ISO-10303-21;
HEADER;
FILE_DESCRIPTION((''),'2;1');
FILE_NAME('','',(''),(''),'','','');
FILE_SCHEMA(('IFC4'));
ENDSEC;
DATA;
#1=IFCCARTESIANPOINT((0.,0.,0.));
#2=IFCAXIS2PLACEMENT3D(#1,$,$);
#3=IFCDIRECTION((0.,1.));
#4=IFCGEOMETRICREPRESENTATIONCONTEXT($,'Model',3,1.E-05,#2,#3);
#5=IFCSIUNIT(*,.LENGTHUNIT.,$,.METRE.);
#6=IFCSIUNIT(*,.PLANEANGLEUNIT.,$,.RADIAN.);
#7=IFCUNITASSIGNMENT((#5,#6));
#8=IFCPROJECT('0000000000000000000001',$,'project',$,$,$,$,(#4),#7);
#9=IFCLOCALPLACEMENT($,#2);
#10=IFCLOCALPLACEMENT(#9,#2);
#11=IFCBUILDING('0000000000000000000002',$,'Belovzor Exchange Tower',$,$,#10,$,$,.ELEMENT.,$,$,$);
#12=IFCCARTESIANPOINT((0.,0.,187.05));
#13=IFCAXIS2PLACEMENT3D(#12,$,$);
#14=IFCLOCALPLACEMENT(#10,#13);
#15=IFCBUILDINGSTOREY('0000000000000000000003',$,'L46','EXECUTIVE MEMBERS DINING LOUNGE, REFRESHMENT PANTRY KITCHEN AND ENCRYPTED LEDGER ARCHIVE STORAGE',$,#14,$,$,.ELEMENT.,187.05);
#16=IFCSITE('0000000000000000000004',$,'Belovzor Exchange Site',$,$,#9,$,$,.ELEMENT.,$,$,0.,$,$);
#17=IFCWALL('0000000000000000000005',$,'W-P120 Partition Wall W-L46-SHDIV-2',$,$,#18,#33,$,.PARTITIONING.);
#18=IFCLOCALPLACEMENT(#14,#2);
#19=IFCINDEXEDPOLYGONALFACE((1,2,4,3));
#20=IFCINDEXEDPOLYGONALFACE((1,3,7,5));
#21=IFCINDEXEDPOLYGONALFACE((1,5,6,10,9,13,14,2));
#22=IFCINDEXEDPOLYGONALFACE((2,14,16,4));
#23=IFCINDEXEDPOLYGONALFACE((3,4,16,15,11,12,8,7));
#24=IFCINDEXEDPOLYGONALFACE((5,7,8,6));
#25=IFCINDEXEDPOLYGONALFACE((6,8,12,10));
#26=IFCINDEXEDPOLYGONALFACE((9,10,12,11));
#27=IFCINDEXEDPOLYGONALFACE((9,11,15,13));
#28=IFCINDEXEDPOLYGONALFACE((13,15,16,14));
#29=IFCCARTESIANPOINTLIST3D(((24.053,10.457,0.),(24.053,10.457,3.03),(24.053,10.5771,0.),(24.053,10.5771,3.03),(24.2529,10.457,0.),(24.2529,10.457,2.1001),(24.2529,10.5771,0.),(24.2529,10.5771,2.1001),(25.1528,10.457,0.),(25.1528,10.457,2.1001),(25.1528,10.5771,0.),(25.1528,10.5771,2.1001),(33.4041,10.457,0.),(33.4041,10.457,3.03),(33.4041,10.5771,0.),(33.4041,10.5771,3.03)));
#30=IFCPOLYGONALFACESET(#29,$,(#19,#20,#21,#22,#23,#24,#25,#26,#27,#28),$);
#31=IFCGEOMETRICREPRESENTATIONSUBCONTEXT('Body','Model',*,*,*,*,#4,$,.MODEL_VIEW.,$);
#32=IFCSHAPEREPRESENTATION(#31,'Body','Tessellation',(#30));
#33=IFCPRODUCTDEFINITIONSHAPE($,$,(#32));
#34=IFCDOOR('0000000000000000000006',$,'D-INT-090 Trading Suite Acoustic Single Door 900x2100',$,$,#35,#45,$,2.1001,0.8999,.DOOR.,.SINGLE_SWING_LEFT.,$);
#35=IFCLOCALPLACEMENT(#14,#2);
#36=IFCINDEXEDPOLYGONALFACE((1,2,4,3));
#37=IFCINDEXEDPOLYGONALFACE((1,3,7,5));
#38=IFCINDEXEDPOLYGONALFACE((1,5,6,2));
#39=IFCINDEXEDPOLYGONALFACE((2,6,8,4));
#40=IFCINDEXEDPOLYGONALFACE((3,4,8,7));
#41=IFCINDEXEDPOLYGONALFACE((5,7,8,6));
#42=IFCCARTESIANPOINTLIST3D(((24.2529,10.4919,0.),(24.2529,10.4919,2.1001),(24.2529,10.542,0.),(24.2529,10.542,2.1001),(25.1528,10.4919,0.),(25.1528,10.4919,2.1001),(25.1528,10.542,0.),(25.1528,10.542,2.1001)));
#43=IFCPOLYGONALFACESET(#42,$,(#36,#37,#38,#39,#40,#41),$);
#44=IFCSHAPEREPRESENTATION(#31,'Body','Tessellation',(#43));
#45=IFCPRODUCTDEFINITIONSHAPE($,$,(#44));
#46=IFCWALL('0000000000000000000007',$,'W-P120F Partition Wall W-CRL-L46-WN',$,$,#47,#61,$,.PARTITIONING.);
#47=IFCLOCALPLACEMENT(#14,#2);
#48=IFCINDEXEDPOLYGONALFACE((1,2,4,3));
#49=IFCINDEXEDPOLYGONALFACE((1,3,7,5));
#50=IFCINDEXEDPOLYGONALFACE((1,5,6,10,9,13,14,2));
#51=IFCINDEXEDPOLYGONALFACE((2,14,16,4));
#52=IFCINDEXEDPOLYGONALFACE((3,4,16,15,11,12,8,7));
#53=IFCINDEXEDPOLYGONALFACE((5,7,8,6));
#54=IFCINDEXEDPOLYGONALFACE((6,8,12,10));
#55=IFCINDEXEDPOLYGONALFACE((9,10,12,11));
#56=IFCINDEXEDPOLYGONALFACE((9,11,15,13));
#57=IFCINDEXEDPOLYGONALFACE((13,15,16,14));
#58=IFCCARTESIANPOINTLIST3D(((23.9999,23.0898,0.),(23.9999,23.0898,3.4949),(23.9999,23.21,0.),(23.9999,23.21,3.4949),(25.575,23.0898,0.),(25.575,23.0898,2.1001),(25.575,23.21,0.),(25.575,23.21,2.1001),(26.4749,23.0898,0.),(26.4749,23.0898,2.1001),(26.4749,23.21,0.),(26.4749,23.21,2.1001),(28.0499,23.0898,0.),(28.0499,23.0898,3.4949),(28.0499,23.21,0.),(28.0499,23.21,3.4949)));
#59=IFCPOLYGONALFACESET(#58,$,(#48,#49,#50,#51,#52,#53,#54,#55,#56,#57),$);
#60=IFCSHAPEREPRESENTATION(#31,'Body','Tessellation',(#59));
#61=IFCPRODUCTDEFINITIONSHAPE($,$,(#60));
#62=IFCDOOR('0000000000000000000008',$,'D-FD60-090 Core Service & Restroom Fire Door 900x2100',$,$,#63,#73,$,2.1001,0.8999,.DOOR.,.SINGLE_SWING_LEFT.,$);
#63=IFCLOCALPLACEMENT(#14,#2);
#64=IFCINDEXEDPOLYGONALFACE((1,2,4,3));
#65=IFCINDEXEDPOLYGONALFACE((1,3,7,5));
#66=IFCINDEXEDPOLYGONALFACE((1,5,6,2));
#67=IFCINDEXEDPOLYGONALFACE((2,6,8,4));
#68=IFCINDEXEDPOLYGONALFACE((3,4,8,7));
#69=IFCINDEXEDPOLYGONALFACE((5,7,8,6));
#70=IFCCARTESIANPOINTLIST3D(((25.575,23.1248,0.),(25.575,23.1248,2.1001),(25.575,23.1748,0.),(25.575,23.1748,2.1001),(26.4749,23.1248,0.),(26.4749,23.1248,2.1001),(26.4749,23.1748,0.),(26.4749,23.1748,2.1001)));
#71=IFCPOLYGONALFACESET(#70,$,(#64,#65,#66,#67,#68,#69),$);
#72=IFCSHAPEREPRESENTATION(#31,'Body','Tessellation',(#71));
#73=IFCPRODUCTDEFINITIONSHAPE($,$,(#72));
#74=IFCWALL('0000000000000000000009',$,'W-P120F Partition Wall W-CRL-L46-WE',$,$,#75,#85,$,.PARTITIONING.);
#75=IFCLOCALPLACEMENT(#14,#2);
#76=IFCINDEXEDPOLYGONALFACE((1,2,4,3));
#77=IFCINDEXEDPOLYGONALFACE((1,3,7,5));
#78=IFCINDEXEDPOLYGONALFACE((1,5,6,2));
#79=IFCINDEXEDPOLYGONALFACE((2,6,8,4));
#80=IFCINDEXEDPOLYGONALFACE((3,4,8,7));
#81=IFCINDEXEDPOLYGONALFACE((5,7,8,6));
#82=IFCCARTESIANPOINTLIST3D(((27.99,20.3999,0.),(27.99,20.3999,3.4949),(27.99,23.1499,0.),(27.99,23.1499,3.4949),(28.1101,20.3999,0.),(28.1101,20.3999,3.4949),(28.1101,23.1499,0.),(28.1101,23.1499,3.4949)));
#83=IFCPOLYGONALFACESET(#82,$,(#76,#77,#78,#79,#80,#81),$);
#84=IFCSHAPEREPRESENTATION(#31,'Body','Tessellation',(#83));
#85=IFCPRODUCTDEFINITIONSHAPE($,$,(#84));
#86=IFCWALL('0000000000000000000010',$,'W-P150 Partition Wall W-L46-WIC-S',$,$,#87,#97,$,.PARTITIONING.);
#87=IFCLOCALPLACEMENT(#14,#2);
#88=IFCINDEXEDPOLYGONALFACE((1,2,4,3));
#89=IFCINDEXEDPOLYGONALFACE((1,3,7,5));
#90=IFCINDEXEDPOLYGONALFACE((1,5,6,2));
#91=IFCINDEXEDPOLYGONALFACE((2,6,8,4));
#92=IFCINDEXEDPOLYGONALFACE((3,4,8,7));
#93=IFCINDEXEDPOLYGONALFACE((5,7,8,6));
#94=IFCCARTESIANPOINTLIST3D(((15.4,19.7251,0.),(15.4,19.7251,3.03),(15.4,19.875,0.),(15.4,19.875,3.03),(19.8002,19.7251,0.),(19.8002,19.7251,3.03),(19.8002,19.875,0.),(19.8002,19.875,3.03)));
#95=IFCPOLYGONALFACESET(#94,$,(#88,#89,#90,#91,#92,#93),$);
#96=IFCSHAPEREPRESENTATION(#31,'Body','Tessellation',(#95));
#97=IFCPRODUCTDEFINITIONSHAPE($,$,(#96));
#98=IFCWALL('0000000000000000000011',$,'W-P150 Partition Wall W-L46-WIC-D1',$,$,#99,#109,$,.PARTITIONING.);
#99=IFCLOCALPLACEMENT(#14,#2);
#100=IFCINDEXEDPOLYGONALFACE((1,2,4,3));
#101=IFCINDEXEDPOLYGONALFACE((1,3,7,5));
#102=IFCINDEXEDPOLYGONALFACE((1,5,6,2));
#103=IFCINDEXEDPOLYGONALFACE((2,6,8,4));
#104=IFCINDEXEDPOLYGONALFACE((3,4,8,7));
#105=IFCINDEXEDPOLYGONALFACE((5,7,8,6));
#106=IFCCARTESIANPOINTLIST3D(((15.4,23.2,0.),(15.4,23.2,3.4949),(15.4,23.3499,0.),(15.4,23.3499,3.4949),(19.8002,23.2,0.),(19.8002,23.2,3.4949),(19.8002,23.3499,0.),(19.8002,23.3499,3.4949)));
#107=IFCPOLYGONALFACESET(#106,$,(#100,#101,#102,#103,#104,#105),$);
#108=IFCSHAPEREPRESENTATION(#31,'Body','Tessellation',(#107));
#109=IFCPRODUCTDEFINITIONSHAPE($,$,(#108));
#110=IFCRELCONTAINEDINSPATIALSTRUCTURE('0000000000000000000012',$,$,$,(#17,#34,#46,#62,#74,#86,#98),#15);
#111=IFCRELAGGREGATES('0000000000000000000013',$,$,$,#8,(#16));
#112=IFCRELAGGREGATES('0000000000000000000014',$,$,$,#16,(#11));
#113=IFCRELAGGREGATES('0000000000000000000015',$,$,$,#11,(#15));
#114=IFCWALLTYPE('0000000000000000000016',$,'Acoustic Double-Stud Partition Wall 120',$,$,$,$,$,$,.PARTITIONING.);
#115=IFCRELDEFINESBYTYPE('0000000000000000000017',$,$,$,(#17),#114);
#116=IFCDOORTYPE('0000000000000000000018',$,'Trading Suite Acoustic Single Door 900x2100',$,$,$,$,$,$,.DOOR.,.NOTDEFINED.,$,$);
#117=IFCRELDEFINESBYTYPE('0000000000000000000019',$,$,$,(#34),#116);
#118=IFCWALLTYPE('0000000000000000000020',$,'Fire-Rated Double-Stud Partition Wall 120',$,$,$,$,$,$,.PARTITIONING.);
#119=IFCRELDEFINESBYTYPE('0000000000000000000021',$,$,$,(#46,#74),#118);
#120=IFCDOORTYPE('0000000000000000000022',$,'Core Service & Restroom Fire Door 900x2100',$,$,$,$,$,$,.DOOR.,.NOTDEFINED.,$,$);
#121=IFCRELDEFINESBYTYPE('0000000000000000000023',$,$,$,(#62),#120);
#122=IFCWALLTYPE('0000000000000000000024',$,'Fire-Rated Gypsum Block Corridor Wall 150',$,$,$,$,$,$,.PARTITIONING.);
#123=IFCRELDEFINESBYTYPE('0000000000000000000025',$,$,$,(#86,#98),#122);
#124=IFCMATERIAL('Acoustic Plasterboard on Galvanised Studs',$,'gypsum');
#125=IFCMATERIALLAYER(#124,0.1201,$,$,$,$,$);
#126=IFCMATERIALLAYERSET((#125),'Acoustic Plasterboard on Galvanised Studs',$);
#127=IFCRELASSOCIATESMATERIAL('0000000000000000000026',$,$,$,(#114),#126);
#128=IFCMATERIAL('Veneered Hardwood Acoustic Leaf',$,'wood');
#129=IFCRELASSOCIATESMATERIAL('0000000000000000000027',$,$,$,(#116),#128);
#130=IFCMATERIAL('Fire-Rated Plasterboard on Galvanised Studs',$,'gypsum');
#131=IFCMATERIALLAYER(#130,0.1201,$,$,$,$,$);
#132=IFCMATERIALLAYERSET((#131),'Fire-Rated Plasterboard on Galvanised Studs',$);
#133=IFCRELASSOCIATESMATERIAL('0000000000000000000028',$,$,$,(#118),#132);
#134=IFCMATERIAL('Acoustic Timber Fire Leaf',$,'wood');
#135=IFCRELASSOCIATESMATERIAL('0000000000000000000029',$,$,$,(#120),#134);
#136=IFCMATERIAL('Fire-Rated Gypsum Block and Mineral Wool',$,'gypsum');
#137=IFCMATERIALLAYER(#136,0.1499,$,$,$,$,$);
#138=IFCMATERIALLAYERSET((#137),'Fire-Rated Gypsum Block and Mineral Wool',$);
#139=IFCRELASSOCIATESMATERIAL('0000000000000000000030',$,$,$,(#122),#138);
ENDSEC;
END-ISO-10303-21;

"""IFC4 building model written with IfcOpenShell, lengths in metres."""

from ifc_helpers import new_model, si_unit, direction, frame, frame_2d, origin, place, context, subcontext, project, spatial, rectangle, extrude, material, layer, layer_set, type_object, element, fill, save


model = new_model("IFC4")

# Units and contexts
model_context = context("Model", 3, precision=1e-05, world=origin(), true_north=direction((0.0, 1.0)))
body_context = subcontext(model_context, "Body", "Model", "MODEL_VIEW")
ifc_project = project(units=[si_unit("LENGTHUNIT", "METRE"), si_unit("PLANEANGLEUNIT", "RADIAN")], contexts=[model_context])

# Site, building, storey
site_placement = place(None, origin())
site = spatial("IfcSite", under=ifc_project, at=site_placement, Name="Belovzor Exchange Site", CompositionType="ELEMENT", RefElevation=0.0)
building_placement = place(site_placement, origin())
building = spatial("IfcBuilding", under=site, at=building_placement, Name="Belovzor Exchange Tower", CompositionType="ELEMENT")
storey_placement = place(building_placement, frame((0.0, 0.0, 187.05)))
storey = spatial("IfcBuildingStorey", under=building, at=storey_placement, Name="L46", Description="EXECUTIVE MEMBERS DINING LOUNGE, REFRESHMENT PANTRY KITCHEN AND ENCRYPTED LEDGER ARCHIVE STORAGE", CompositionType="ELEMENT", Elevation=187.05)

# Walls, openings, doors
ifc_material_1 = material(Name="Acoustic Plasterboard on Galvanised Studs", Category="gypsum")
ifc_layer_1 = layer(ifc_material_1, 0.1201)
ifc_layer_set_1 = layer_set([ifc_layer_1], Name="Acoustic Plasterboard on Galvanised Studs")
wall_type_1 = type_object("IfcWallType", Name="Acoustic Double-Stud Partition Wall 120", PredefinedType="PARTITIONING", material=ifc_layer_set_1)
ifc_material_2 = material(Name="Veneered Hardwood Acoustic Leaf", Category="wood")
door_type_1 = type_object("IfcDoorType", Name="Trading Suite Acoustic Single Door 900x2100", OperationType="NOTDEFINED", PredefinedType="DOOR", material=ifc_material_2)
wall_1_placement = place(storey_placement, frame((24.053, 10.5171, 0.0), z_axis=(0.0, 0.0, 1.0), x_axis=(1.0, 0.0, 0.0)))
wall_1 = element("IfcWall", 1, at=wall_1_placement, inside=storey, type_object=wall_type_1, Name="W-P120 Partition Wall W-L46-SHDIV-2", PredefinedType="PARTITIONING", context=body_context, shape_type="SweptSolid", body=[
    extrude(rectangle(XDim=9.3511, YDim=0.1201, at=frame_2d((4.6755, 0.0))), origin(), (0.0, 0.0, 1.0), 3.03),
])
opening_1_placement = place(wall_1_placement, frame((0.2, 0.0, 0.0)))
opening_1 = element("IfcOpeningElement", 2, at=opening_1_placement, cuts=wall_1, PredefinedType="OPENING", context=body_context, shape_type="SweptSolid", body=[
    extrude(rectangle(XDim=0.8999, YDim=2.1001, at=frame_2d((0.45, 1.05))), frame((0.0, 0.0701, 0.0), z_axis=(0.0, -1.0, 0.0), x_axis=(1.0, 0.0, 0.0)), (0.0, 0.0, 1.0), 0.1401),
])
door_1_placement = place(opening_1_placement, origin())
door_1 = element("IfcDoor", 3, at=door_1_placement, inside=storey, type_object=door_type_1, Name="D-INT-090 Trading Suite Acoustic Single Door 900x2100", OperationType="SINGLE_SWING_LEFT", OverallHeight=2.1001, OverallWidth=0.8999, PredefinedType="DOOR", context=body_context, shape_type="SweptSolid", body=[
    extrude(rectangle(XDim=0.8999, YDim=2.1001, at=frame_2d((0.45, 1.05))), frame((0.0, 0.0249, 0.0), z_axis=(0.0, -1.0, 0.0), x_axis=(1.0, 0.0, 0.0)), (0.0, 0.0, 1.0), 0.05),
])
fill(opening_1, door_1)
ifc_material_3 = material(Name="Fire-Rated Plasterboard on Galvanised Studs", Category="gypsum")
ifc_layer_2 = layer(ifc_material_3, 0.1201)
ifc_layer_set_2 = layer_set([ifc_layer_2], Name="Fire-Rated Plasterboard on Galvanised Studs")
wall_type_2 = type_object("IfcWallType", Name="Fire-Rated Double-Stud Partition Wall 120", PredefinedType="PARTITIONING", material=ifc_layer_set_2)
wall_2_placement = place(storey_placement, frame((24.0, 23.1499, 0.0), z_axis=(0.0, 0.0, 1.0), x_axis=(1.0, 0.0, 0.0)))
wall_2 = element("IfcWall", 4, at=wall_2_placement, inside=storey, type_object=wall_type_2, Name="W-P120F Partition Wall W-CRL-L46-WN", PredefinedType="PARTITIONING", context=body_context, shape_type="SweptSolid", body=[
    extrude(rectangle(XDim=4.05, YDim=0.1201, at=frame_2d((2.0249, 0.0))), origin(), (0.0, 0.0, 1.0), 3.4949),
])
opening_2_placement = place(wall_2_placement, frame((1.575, 0.0, 0.0)))
opening_2 = element("IfcOpeningElement", 5, at=opening_2_placement, cuts=wall_2, PredefinedType="OPENING", context=body_context, shape_type="SweptSolid", body=[
    extrude(rectangle(XDim=0.8999, YDim=2.1001, at=frame_2d((0.45, 1.05))), frame((0.0, 0.0701, 0.0), z_axis=(0.0, -1.0, 0.0), x_axis=(1.0, 0.0, 0.0)), (0.0, 0.0, 1.0), 0.1401),
])
ifc_material_4 = material(Name="Acoustic Timber Fire Leaf", Category="wood")
door_type_2 = type_object("IfcDoorType", Name="Core Service & Restroom Fire Door 900x2100", OperationType="NOTDEFINED", PredefinedType="DOOR", material=ifc_material_4)
door_2_placement = place(opening_2_placement, origin())
door_2 = element("IfcDoor", 6, at=door_2_placement, inside=storey, type_object=door_type_2, Name="D-FD60-090 Core Service & Restroom Fire Door 900x2100", OperationType="SINGLE_SWING_LEFT", OverallHeight=2.1001, OverallWidth=0.8999, PredefinedType="DOOR", context=body_context, shape_type="SweptSolid", body=[
    extrude(rectangle(XDim=0.8999, YDim=2.1001, at=frame_2d((0.45, 1.05))), frame((0.0, 0.0249, 0.0), z_axis=(0.0, -1.0, 0.0), x_axis=(1.0, 0.0, 0.0)), (0.0, 0.0, 1.0), 0.05),
])
fill(opening_2, door_2)

# Walls
wall_3_placement = place(storey_placement, frame((28.05, 20.3999, 0.0), z_axis=(0.0, 0.0, 1.0), x_axis=(0.0, 1.0, 0.0)))
element("IfcWall", 7, at=wall_3_placement, inside=storey, type_object=wall_type_2, Name="W-P120F Partition Wall W-CRL-L46-WE", PredefinedType="PARTITIONING", context=body_context, shape_type="SweptSolid", body=[
    extrude(rectangle(XDim=2.75, YDim=0.1201, at=frame_2d((1.375, 0.0))), origin(), (0.0, 0.0, 1.0), 3.4949),
])
ifc_material_5 = material(Name="Fire-Rated Gypsum Block and Mineral Wool", Category="gypsum")
ifc_layer_3 = layer(ifc_material_5, 0.1499)
ifc_layer_set_3 = layer_set([ifc_layer_3], Name="Fire-Rated Gypsum Block and Mineral Wool")
wall_type_3 = type_object("IfcWallType", Name="Fire-Rated Gypsum Block Corridor Wall 150", PredefinedType="PARTITIONING", material=ifc_layer_set_3)
wall_4_placement = place(storey_placement, frame((15.3999, 19.8, 0.0), z_axis=(0.0, 0.0, 1.0), x_axis=(1.0, 0.0, 0.0)))
element("IfcWall", 8, at=wall_4_placement, inside=storey, type_object=wall_type_3, Name="W-P150 Partition Wall W-L46-WIC-S", PredefinedType="PARTITIONING", context=body_context, shape_type="SweptSolid", body=[
    extrude(rectangle(XDim=4.4001, YDim=0.1499, at=frame_2d((2.2002, 0.0))), origin(), (0.0, 0.0, 1.0), 3.03),
])
wall_5_placement = place(storey_placement, frame((15.3999, 23.2749, 0.0), z_axis=(0.0, 0.0, 1.0), x_axis=(1.0, 0.0, 0.0)))
element("IfcWall", 9, at=wall_5_placement, inside=storey, type_object=wall_type_3, Name="W-P150 Partition Wall W-L46-WIC-D1", PredefinedType="PARTITIONING", context=body_context, shape_type="SweptSolid", body=[
    extrude(rectangle(XDim=4.4001, YDim=0.1499, at=frame_2d((2.2002, 0.0))), origin(), (0.0, 0.0, 1.0), 3.4949),
])

save(model, "model.ifc")
